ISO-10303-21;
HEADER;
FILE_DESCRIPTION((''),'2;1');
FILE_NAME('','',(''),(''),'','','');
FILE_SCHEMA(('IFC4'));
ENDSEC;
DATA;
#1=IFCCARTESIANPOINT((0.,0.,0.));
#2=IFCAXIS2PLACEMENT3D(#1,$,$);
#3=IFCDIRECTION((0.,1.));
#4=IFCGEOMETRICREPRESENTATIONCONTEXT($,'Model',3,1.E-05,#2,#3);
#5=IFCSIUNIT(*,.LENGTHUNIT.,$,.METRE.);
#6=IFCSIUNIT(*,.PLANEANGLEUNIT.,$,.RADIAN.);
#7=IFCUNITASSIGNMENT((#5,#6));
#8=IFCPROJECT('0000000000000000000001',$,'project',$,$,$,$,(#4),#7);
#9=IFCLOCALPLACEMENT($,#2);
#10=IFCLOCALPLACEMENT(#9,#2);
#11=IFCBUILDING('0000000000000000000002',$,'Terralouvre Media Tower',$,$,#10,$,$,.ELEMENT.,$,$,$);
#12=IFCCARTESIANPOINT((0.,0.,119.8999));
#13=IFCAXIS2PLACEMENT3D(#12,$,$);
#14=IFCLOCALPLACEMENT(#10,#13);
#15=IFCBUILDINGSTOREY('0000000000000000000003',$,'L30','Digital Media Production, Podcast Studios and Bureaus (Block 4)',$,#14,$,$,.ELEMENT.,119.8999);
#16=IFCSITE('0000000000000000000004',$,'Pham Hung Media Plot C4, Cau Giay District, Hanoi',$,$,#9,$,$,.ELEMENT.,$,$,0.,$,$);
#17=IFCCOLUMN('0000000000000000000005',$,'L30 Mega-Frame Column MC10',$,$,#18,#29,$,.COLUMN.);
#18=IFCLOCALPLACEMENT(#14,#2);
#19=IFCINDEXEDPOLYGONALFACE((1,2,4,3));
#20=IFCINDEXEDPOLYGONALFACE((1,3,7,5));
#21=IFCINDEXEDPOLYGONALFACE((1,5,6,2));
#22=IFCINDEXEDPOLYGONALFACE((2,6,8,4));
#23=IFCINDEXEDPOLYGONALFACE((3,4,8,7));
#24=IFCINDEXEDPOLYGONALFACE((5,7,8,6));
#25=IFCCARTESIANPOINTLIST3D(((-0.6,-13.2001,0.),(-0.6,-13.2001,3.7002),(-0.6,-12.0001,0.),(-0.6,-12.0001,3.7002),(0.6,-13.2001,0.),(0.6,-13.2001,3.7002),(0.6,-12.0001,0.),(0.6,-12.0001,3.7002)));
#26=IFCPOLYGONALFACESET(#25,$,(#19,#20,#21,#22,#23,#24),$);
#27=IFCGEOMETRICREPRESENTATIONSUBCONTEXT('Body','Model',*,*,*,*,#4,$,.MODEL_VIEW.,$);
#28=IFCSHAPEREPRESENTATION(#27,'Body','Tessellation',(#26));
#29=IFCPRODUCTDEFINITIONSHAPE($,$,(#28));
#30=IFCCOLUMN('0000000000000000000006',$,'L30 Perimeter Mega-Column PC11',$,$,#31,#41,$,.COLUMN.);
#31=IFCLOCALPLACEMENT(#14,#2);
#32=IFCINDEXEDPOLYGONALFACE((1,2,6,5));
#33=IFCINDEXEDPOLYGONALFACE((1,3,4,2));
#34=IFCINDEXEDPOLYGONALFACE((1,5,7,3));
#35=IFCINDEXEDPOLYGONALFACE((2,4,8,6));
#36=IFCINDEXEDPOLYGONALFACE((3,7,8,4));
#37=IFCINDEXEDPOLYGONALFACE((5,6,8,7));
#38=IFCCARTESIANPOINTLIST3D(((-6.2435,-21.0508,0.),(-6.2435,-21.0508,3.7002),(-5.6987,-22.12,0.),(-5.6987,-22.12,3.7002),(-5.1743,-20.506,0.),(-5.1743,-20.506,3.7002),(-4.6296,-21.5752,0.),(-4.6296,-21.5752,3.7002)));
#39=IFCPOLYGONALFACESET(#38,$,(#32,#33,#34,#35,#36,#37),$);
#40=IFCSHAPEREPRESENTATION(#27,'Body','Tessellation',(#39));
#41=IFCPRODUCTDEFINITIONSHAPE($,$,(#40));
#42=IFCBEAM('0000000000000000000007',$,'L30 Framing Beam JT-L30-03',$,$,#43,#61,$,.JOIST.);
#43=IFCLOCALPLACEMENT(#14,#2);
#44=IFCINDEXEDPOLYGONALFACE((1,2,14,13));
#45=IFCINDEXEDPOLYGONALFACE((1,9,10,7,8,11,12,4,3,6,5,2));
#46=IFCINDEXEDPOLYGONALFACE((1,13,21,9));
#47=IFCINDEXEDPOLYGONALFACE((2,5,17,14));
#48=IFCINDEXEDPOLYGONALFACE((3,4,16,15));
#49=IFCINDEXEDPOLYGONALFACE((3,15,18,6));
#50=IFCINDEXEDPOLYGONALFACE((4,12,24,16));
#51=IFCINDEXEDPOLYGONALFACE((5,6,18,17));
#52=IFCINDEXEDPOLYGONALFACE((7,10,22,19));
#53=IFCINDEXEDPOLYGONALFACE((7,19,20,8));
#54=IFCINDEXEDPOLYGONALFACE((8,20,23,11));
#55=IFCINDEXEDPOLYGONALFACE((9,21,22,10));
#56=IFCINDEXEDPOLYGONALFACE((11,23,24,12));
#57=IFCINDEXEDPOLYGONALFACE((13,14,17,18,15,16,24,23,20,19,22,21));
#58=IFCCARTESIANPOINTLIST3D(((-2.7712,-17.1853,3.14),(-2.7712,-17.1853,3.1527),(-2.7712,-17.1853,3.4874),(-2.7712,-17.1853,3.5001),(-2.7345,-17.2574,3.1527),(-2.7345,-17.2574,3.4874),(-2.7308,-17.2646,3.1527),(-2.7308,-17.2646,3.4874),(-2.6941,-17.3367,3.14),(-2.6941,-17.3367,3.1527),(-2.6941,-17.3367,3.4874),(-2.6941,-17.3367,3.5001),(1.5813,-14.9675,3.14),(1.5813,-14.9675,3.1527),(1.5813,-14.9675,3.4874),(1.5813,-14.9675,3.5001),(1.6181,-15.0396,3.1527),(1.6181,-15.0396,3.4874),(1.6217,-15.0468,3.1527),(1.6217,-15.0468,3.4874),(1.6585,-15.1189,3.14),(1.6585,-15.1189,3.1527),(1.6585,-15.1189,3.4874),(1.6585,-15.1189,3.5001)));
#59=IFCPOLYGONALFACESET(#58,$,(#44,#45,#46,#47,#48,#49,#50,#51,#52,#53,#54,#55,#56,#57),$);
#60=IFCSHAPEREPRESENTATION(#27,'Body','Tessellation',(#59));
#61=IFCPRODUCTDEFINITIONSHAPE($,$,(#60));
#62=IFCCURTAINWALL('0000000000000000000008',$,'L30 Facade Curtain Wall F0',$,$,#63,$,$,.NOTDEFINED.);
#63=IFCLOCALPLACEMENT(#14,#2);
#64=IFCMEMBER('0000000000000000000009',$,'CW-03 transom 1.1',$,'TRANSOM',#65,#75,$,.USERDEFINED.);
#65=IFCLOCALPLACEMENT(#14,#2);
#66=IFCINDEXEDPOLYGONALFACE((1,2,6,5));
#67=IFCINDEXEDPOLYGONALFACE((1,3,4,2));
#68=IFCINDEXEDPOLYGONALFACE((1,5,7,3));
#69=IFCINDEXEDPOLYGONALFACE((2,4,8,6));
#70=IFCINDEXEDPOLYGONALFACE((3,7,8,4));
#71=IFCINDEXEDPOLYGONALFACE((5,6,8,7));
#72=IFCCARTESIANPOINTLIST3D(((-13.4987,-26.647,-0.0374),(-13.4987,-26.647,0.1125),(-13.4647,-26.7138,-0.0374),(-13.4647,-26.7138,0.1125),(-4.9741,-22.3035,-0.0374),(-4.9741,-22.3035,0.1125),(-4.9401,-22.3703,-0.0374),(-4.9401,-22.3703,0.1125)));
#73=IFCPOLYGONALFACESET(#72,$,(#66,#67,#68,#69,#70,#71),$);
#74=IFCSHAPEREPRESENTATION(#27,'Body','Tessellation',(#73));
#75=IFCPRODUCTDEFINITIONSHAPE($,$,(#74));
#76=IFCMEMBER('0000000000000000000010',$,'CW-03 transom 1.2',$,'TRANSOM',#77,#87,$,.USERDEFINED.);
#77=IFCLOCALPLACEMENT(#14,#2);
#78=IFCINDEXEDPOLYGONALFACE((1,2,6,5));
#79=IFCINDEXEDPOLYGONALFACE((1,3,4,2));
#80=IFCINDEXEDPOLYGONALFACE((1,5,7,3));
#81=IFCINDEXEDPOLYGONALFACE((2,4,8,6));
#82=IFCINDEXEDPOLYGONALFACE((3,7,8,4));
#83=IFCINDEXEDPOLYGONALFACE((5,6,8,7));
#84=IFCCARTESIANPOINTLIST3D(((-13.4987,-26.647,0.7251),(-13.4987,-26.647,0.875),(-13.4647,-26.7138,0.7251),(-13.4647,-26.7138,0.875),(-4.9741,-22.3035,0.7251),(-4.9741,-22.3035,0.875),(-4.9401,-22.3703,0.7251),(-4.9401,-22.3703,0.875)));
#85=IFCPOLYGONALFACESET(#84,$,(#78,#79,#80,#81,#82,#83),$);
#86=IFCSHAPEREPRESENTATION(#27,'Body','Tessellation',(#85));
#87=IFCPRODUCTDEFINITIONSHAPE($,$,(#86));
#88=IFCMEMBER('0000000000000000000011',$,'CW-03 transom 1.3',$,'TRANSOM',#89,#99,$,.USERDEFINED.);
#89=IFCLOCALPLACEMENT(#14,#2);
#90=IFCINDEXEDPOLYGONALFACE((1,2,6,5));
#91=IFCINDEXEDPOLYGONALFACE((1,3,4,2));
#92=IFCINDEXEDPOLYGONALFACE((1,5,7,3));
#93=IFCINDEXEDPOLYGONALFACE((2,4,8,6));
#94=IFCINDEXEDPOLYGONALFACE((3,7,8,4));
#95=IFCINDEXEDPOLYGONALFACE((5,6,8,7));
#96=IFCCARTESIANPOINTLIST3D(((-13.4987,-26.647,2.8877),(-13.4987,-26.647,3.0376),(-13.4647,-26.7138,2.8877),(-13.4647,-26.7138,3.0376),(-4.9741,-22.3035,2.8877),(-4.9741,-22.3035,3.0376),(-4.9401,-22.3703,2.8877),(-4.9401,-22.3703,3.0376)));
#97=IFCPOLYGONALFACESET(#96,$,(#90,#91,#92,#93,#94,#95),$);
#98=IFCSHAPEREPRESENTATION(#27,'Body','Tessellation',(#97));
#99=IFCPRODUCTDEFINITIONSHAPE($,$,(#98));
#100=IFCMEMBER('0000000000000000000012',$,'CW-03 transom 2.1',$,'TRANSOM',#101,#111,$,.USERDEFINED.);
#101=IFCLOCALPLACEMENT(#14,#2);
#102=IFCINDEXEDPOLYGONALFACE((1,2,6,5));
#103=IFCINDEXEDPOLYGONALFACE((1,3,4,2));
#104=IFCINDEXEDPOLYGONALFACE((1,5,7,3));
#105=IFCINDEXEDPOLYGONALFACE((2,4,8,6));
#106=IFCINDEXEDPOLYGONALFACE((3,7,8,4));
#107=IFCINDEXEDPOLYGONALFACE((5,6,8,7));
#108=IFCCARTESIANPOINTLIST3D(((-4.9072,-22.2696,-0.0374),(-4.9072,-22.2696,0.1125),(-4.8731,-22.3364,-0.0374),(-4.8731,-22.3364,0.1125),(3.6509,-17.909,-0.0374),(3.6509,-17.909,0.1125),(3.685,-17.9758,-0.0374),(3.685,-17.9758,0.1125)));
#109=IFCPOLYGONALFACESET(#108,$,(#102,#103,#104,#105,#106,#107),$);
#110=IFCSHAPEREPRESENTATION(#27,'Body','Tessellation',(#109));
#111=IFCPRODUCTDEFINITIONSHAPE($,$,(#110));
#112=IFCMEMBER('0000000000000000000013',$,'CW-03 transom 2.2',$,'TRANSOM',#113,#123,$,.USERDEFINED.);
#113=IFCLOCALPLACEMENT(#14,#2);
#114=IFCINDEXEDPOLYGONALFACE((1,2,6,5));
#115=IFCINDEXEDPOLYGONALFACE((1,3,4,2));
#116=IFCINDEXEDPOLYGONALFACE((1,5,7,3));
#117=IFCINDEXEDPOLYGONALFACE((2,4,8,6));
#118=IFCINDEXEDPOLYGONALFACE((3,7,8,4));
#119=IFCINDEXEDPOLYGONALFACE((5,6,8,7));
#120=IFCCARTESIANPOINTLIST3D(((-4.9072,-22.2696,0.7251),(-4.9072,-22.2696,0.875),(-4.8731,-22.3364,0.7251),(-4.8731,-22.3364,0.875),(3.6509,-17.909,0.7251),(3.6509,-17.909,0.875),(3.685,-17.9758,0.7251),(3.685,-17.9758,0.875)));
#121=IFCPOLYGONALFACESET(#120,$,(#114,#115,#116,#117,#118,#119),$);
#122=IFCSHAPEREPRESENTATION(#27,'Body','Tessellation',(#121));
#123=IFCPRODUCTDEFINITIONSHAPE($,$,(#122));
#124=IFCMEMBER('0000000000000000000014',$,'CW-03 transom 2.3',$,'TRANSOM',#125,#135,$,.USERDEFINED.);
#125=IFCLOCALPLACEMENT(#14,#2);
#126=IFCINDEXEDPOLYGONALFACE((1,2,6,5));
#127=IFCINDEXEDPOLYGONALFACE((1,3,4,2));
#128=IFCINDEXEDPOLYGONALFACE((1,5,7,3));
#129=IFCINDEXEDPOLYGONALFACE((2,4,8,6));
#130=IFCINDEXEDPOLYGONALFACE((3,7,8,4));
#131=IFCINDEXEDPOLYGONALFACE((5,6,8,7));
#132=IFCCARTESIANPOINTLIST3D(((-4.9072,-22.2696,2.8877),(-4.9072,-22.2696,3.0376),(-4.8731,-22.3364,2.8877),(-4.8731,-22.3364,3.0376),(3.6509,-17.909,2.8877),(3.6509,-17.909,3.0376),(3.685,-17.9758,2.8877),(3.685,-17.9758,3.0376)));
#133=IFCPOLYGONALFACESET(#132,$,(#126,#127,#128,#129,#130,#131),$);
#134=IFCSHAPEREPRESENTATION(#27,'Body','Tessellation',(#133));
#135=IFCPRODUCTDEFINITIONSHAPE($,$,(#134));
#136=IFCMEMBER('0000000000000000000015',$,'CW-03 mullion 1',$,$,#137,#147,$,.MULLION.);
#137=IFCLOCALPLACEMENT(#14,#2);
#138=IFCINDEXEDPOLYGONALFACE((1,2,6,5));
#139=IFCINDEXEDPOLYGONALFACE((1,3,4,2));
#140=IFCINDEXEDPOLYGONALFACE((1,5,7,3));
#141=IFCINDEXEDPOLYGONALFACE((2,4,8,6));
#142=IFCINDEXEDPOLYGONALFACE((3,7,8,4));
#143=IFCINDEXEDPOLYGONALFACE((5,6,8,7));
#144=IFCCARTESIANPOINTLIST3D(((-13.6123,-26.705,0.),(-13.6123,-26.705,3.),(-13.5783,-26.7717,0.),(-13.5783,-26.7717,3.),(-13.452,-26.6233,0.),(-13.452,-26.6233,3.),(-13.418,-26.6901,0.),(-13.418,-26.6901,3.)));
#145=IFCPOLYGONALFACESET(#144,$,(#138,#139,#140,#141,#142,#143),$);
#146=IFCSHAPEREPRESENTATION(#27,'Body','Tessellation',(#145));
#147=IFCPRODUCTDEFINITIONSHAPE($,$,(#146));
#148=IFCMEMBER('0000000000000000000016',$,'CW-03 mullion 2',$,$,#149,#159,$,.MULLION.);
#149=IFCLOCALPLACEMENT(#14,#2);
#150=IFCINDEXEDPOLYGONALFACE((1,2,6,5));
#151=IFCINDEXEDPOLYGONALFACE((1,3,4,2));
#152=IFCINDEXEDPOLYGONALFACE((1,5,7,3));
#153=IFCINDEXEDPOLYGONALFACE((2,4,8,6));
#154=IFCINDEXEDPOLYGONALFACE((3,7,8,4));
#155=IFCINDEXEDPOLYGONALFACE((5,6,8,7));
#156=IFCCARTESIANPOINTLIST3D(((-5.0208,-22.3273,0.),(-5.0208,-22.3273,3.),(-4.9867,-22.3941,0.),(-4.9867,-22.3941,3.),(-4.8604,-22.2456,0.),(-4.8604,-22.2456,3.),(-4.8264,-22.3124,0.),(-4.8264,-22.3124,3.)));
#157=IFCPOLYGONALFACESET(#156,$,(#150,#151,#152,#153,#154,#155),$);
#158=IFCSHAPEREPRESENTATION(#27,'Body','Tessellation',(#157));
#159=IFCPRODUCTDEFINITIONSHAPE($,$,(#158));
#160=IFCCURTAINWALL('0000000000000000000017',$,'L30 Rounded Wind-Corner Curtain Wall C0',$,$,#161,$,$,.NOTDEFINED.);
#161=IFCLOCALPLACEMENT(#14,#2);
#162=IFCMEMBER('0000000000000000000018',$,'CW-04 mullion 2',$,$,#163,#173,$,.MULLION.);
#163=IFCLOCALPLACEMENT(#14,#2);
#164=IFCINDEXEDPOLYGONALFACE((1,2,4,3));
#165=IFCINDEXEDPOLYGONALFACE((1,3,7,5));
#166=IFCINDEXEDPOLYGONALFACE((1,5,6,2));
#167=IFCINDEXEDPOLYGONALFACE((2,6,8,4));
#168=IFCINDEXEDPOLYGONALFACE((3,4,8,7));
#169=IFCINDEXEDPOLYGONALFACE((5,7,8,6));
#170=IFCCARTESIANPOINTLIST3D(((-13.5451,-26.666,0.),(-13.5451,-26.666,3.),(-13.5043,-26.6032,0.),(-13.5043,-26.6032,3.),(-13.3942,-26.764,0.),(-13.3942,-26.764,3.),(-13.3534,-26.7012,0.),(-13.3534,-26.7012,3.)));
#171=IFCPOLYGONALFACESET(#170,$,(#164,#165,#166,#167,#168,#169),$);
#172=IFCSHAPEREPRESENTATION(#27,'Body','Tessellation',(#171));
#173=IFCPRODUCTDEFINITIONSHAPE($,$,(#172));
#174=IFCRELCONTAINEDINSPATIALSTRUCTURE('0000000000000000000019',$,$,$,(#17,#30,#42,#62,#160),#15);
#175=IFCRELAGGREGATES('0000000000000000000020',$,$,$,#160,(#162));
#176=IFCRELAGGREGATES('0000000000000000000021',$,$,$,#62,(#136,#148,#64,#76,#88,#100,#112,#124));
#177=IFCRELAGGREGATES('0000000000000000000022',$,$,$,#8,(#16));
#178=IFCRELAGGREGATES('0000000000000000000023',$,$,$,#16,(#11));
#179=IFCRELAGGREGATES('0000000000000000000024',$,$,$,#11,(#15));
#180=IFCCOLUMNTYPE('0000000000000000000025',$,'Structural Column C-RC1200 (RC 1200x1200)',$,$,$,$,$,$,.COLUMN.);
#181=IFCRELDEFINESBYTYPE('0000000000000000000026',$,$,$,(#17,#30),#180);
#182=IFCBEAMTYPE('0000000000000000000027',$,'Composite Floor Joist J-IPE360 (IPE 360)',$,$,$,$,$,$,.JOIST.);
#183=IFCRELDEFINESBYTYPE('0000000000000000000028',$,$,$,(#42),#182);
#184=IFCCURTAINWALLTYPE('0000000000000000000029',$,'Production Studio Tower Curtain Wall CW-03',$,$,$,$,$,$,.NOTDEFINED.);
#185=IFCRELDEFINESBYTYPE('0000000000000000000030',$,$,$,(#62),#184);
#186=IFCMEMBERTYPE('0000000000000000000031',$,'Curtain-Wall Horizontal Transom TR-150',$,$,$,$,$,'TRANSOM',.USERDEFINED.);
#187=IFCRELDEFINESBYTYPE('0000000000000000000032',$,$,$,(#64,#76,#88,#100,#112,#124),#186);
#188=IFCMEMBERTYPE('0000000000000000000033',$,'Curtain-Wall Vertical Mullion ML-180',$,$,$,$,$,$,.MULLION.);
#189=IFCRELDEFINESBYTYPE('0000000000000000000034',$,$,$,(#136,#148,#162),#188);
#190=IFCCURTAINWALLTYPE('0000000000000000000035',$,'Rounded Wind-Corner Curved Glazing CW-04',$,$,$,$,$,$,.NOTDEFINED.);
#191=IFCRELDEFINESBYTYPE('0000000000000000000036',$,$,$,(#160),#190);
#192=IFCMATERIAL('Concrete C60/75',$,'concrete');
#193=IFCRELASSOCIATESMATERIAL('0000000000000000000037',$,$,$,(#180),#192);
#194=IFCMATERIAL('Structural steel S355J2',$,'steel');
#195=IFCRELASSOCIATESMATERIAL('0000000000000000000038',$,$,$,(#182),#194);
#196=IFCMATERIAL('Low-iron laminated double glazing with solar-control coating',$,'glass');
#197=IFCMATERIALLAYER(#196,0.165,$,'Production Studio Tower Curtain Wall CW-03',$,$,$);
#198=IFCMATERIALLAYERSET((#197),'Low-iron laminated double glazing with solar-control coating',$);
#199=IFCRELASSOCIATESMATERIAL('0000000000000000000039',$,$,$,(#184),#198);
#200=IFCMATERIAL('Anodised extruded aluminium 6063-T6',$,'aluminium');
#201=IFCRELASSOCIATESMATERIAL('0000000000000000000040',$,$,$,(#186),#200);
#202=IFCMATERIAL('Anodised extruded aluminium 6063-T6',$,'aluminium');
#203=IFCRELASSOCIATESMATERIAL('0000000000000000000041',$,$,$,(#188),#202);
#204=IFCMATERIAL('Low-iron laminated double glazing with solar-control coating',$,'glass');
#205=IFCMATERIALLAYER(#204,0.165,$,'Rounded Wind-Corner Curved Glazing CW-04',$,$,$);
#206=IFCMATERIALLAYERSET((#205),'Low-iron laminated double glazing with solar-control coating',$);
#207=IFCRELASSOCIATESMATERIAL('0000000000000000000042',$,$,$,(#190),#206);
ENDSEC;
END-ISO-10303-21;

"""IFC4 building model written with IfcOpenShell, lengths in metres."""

from ifc_helpers import new_model, si_unit, direction, frame, origin, origin_2d, place, context, subcontext, project, spatial, rectangle, i_section, extrude, material, layer, layer_set, material_profile, profile_set, type_object, element, aggregate, save


model = new_model("IFC4")

# Units and contexts
model_context = context("Model", 3, precision=1e-05, world=origin(), true_north=direction((0.0, 1.0)))
body_context = subcontext(model_context, "Body", "Model", "MODEL_VIEW")
ifc_project = project(units=[si_unit("LENGTHUNIT", "METRE"), si_unit("PLANEANGLEUNIT", "RADIAN")], contexts=[model_context])

# Site, building, storey
site_placement = place(None, origin())
site = spatial("IfcSite", under=ifc_project, at=site_placement, Name="Pham Hung Media Plot C4, Cau Giay District, Hanoi", CompositionType="ELEMENT", RefElevation=0.0)
building_placement = place(site_placement, origin())
building = spatial("IfcBuilding", under=site, at=building_placement, Name="Terralouvre Media Tower", CompositionType="ELEMENT")
storey_placement = place(building_placement, frame((0.0, 0.0, 119.8999)))
storey = spatial("IfcBuildingStorey", under=building, at=storey_placement, Name="L30", Description="Digital Media Production, Podcast Studios and Bureaus (Block 4)", CompositionType="ELEMENT", Elevation=119.8999)

# Columns
ifc_material_1 = material(Name="Concrete C60/75", Category="concrete")
ifc_material_profile_1 = material_profile(ifc_material_1, rectangle(XDim=1.2, YDim=1.2, at=origin_2d()), Name="RC 1200x1200")
ifc_profile_set_1 = profile_set([ifc_material_profile_1], Name="Concrete C60/75")
column_type = type_object("IfcColumnType", Name="Structural Column C-RC1200 (RC 1200x1200)", PredefinedType="COLUMN", material=ifc_profile_set_1)
for number, where, z_axis, x_axis, name in (
    (1, (0.0, -12.6001, 0.0), (0.0, 0.0, 1.0), (1.0, 0.0, 0.0), "L30 Mega-Frame Column MC10"),
    (2, (-5.4365, -21.313, 0.0), (0.0, 0.0, 1.0), (0.891007, 0.45399, 0.0), "L30 Perimeter Mega-Column PC11"),
):
    element("IfcColumn", number, at=place(storey_placement, frame(where, z_axis=z_axis, x_axis=x_axis)), inside=storey, type_object=column_type, Name=name, PredefinedType="COLUMN", context=body_context, shape_type="SweptSolid", body=[
        extrude(rectangle(XDim=1.2, YDim=1.2, at=origin_2d()), origin(), (0.0, 0.0, 1.0), 3.7002),
    ])

# Beam
ifc_material_2 = material(Name="Structural steel S355J2", Category="steel")
ifc_material_profile_2 = material_profile(ifc_material_2, i_section(OverallWidth=0.1699, OverallDepth=0.3601, WebThickness=0.0081, FlangeThickness=0.0127, at=origin_2d()), Name="IPE 360")
ifc_profile_set_2 = profile_set([ifc_material_profile_2], Name="Structural steel S355J2")
beam_type_1 = type_object("IfcBeamType", Name="Composite Floor Joist J-IPE360 (IPE 360)", PredefinedType="JOIST", material=ifc_profile_set_2)
beam_1_placement = place(storey_placement, frame((-2.7327, -17.261, 3.3201), z_axis=(0.891003, 0.453998, 0.0), x_axis=(-0.453998, 0.891003, 0.0)))
element("IfcBeam", 3, at=beam_1_placement, inside=storey, type_object=beam_type_1, Name="L30 Framing Beam JT-L30-03", PredefinedType="JOIST", context=body_context, shape_type="SweptSolid", body=[
    extrude(i_section(OverallWidth=0.1699, OverallDepth=0.3601, WebThickness=0.0081, FlangeThickness=0.0127, at=origin_2d()), origin(), (0.0, 0.0, 1.0), 4.885),
])

# Curtain wall, members
ifc_material_3 = material(Name="Low-iron laminated double glazing with solar-control coating", Category="glass")
ifc_layer_1 = layer(ifc_material_3, 0.165, Name="Production Studio Tower Curtain Wall CW-03")
ifc_layer_set_1 = layer_set([ifc_layer_1], Name="Low-iron laminated double glazing with solar-control coating")
curtain_wall_type_1 = type_object("IfcCurtainWallType", Name="Production Studio Tower Curtain Wall CW-03", PredefinedType="NOTDEFINED", material=ifc_layer_set_1)
curtain_wall_1_placement = place(storey_placement, origin())
curtain_wall_1 = element("IfcCurtainWall", 4, at=curtain_wall_1_placement, inside=storey, type_object=curtain_wall_type_1, Name="L30 Facade Curtain Wall F0", PredefinedType="NOTDEFINED")
ifc_material_4 = material(Name="Anodised extruded aluminium 6063-T6", Category="aluminium")
ifc_material_profile_3 = material_profile(ifc_material_4, rectangle(XDim=0.075, YDim=0.1499, at=origin_2d()), Name="ALU 75x150")
ifc_profile_set_3 = profile_set([ifc_material_profile_3], Name="Anodised extruded aluminium 6063-T6")
member_type_1 = type_object("IfcMemberType", Name="Curtain-Wall Horizontal Transom TR-150", ElementType="TRANSOM", PredefinedType="USERDEFINED", material=ifc_profile_set_3)
member_1_placement = place(storey_placement, frame((-13.4817, -26.6804, 0.0376), z_axis=(0.891008, 0.453988, 0.0), x_axis=(-0.453988, 0.891008, 0.0)))
member_1 = element("IfcMember", 5, at=member_1_placement, type_object=member_type_1, Name="CW-03 transom 1.1", ObjectType="TRANSOM", PredefinedType="USERDEFINED", context=body_context, shape_type="SweptSolid", body=[
    extrude(rectangle(XDim=0.075, YDim=0.1499, at=origin_2d()), origin(), (0.0, 0.0, 1.0), 9.5674),
])
member_2_placement = place(storey_placement, frame((-13.4817, -26.6804, 0.8), z_axis=(0.891008, 0.453988, 0.0), x_axis=(-0.453988, 0.891008, 0.0)))
member_2 = element("IfcMember", 6, at=member_2_placement, type_object=member_type_1, Name="CW-03 transom 1.2", ObjectType="TRANSOM", PredefinedType="USERDEFINED", context=body_context, shape_type="SweptSolid", body=[
    extrude(rectangle(XDim=0.075, YDim=0.1499, at=origin_2d()), origin(), (0.0, 0.0, 1.0), 9.5674),
])
member_3_placement = place(storey_placement, frame((-13.4817, -26.6804, 2.9626), z_axis=(0.891008, 0.453988, 0.0), x_axis=(-0.453988, 0.891008, 0.0)))
member_3 = element("IfcMember", 7, at=member_3_placement, type_object=member_type_1, Name="CW-03 transom 1.3", ObjectType="TRANSOM", PredefinedType="USERDEFINED", context=body_context, shape_type="SweptSolid", body=[
    extrude(rectangle(XDim=0.075, YDim=0.1499, at=origin_2d()), origin(), (0.0, 0.0, 1.0), 9.5674),
])
member_4_placement = place(storey_placement, frame((-4.8901, -22.303, 0.0376), z_axis=(0.891006, 0.453992, 0.0), x_axis=(-0.453992, 0.891006, 0.0)))
member_4 = element("IfcMember", 8, at=member_4_placement, type_object=member_type_1, Name="CW-03 transom 2.1", ObjectType="TRANSOM", PredefinedType="USERDEFINED", context=body_context, shape_type="SweptSolid", body=[
    extrude(rectangle(XDim=0.075, YDim=0.1499, at=origin_2d()), origin(), (0.0, 0.0, 1.0), 9.605),
])
member_5_placement = place(storey_placement, frame((-4.8901, -22.303, 0.8), z_axis=(0.891006, 0.453992, 0.0), x_axis=(-0.453992, 0.891006, 0.0)))
member_5 = element("IfcMember", 9, at=member_5_placement, type_object=member_type_1, Name="CW-03 transom 2.2", ObjectType="TRANSOM", PredefinedType="USERDEFINED", context=body_context, shape_type="SweptSolid", body=[
    extrude(rectangle(XDim=0.075, YDim=0.1499, at=origin_2d()), origin(), (0.0, 0.0, 1.0), 9.605),
])
member_6_placement = place(storey_placement, frame((-4.8901, -22.303, 2.9626), z_axis=(0.891006, 0.453992, 0.0), x_axis=(-0.453992, 0.891006, 0.0)))
member_6 = element("IfcMember", 10, at=member_6_placement, type_object=member_type_1, Name="CW-03 transom 2.3", ObjectType="TRANSOM", PredefinedType="USERDEFINED", context=body_context, shape_type="SweptSolid", body=[
    extrude(rectangle(XDim=0.075, YDim=0.1499, at=origin_2d()), origin(), (0.0, 0.0, 1.0), 9.605),
])
ifc_material_5 = material(Name="Anodised extruded aluminium 6063-T6", Category="aluminium")
ifc_material_profile_4 = material_profile(ifc_material_5, rectangle(XDim=0.075, YDim=0.1799, at=origin_2d()), Name="ALU 75x180")
ifc_profile_set_4 = profile_set([ifc_material_profile_4], Name="Anodised extruded aluminium 6063-T6")
member_type_2 = type_object("IfcMemberType", Name="Curtain-Wall Vertical Mullion ML-180", PredefinedType="MULLION", material=ifc_profile_set_4)
member_7_placement = place(storey_placement, frame((-13.5151, -26.6975, 0.0), z_axis=(0.0, 0.0, 1.0), x_axis=(-0.453991, 0.891007, 0.0)))
member_7 = element("IfcMember", 11, at=member_7_placement, type_object=member_type_2, Name="CW-03 mullion 1", PredefinedType="MULLION", context=body_context, shape_type="SweptSolid", body=[
    extrude(rectangle(XDim=0.075, YDim=0.1799, at=origin_2d()), origin(), (0.0, 0.0, 1.0), 3.0),
])
member_8_placement = place(storey_placement, frame((-4.9236, -22.3198, 0.0), z_axis=(0.0, 0.0, 1.0), x_axis=(-0.453991, 0.891007, 0.0)))
member_8 = element("IfcMember", 12, at=member_8_placement, type_object=member_type_2, Name="CW-03 mullion 2", PredefinedType="MULLION", context=body_context, shape_type="SweptSolid", body=[
    extrude(rectangle(XDim=0.075, YDim=0.1799, at=origin_2d()), origin(), (0.0, 0.0, 1.0), 3.0),
])

# Curtain wall, member
ifc_material_6 = material(Name="Low-iron laminated double glazing with solar-control coating", Category="glass")
ifc_layer_2 = layer(ifc_material_6, 0.165, Name="Rounded Wind-Corner Curved Glazing CW-04")
ifc_layer_set_2 = layer_set([ifc_layer_2], Name="Low-iron laminated double glazing with solar-control coating")
curtain_wall_type_2 = type_object("IfcCurtainWallType", Name="Rounded Wind-Corner Curved Glazing CW-04", PredefinedType="NOTDEFINED", material=ifc_layer_set_2)
curtain_wall_2_placement = place(storey_placement, origin())
curtain_wall_2 = element("IfcCurtainWall", 13, at=curtain_wall_2_placement, inside=storey, type_object=curtain_wall_type_2, Name="L30 Rounded Wind-Corner Curtain Wall C0", PredefinedType="NOTDEFINED")
member_9_placement = place(storey_placement, frame((-13.4492, -26.6836, 0.0), z_axis=(0.0, 0.0, 1.0), x_axis=(0.544639, 0.83867, 0.0)))
member_9 = element("IfcMember", 14, at=member_9_placement, type_object=member_type_2, Name="CW-04 mullion 2", PredefinedType="MULLION", context=body_context, shape_type="SweptSolid", body=[
    extrude(rectangle(XDim=0.075, YDim=0.1799, at=origin_2d()), origin(), (0.0, 0.0, 1.0), 3.0),
])
aggregate(curtain_wall_2, [member_9])

aggregate(curtain_wall_1, [member_7, member_8, member_1, member_2, member_3, member_4, member_5, member_6])

save(model, "model.ifc")
